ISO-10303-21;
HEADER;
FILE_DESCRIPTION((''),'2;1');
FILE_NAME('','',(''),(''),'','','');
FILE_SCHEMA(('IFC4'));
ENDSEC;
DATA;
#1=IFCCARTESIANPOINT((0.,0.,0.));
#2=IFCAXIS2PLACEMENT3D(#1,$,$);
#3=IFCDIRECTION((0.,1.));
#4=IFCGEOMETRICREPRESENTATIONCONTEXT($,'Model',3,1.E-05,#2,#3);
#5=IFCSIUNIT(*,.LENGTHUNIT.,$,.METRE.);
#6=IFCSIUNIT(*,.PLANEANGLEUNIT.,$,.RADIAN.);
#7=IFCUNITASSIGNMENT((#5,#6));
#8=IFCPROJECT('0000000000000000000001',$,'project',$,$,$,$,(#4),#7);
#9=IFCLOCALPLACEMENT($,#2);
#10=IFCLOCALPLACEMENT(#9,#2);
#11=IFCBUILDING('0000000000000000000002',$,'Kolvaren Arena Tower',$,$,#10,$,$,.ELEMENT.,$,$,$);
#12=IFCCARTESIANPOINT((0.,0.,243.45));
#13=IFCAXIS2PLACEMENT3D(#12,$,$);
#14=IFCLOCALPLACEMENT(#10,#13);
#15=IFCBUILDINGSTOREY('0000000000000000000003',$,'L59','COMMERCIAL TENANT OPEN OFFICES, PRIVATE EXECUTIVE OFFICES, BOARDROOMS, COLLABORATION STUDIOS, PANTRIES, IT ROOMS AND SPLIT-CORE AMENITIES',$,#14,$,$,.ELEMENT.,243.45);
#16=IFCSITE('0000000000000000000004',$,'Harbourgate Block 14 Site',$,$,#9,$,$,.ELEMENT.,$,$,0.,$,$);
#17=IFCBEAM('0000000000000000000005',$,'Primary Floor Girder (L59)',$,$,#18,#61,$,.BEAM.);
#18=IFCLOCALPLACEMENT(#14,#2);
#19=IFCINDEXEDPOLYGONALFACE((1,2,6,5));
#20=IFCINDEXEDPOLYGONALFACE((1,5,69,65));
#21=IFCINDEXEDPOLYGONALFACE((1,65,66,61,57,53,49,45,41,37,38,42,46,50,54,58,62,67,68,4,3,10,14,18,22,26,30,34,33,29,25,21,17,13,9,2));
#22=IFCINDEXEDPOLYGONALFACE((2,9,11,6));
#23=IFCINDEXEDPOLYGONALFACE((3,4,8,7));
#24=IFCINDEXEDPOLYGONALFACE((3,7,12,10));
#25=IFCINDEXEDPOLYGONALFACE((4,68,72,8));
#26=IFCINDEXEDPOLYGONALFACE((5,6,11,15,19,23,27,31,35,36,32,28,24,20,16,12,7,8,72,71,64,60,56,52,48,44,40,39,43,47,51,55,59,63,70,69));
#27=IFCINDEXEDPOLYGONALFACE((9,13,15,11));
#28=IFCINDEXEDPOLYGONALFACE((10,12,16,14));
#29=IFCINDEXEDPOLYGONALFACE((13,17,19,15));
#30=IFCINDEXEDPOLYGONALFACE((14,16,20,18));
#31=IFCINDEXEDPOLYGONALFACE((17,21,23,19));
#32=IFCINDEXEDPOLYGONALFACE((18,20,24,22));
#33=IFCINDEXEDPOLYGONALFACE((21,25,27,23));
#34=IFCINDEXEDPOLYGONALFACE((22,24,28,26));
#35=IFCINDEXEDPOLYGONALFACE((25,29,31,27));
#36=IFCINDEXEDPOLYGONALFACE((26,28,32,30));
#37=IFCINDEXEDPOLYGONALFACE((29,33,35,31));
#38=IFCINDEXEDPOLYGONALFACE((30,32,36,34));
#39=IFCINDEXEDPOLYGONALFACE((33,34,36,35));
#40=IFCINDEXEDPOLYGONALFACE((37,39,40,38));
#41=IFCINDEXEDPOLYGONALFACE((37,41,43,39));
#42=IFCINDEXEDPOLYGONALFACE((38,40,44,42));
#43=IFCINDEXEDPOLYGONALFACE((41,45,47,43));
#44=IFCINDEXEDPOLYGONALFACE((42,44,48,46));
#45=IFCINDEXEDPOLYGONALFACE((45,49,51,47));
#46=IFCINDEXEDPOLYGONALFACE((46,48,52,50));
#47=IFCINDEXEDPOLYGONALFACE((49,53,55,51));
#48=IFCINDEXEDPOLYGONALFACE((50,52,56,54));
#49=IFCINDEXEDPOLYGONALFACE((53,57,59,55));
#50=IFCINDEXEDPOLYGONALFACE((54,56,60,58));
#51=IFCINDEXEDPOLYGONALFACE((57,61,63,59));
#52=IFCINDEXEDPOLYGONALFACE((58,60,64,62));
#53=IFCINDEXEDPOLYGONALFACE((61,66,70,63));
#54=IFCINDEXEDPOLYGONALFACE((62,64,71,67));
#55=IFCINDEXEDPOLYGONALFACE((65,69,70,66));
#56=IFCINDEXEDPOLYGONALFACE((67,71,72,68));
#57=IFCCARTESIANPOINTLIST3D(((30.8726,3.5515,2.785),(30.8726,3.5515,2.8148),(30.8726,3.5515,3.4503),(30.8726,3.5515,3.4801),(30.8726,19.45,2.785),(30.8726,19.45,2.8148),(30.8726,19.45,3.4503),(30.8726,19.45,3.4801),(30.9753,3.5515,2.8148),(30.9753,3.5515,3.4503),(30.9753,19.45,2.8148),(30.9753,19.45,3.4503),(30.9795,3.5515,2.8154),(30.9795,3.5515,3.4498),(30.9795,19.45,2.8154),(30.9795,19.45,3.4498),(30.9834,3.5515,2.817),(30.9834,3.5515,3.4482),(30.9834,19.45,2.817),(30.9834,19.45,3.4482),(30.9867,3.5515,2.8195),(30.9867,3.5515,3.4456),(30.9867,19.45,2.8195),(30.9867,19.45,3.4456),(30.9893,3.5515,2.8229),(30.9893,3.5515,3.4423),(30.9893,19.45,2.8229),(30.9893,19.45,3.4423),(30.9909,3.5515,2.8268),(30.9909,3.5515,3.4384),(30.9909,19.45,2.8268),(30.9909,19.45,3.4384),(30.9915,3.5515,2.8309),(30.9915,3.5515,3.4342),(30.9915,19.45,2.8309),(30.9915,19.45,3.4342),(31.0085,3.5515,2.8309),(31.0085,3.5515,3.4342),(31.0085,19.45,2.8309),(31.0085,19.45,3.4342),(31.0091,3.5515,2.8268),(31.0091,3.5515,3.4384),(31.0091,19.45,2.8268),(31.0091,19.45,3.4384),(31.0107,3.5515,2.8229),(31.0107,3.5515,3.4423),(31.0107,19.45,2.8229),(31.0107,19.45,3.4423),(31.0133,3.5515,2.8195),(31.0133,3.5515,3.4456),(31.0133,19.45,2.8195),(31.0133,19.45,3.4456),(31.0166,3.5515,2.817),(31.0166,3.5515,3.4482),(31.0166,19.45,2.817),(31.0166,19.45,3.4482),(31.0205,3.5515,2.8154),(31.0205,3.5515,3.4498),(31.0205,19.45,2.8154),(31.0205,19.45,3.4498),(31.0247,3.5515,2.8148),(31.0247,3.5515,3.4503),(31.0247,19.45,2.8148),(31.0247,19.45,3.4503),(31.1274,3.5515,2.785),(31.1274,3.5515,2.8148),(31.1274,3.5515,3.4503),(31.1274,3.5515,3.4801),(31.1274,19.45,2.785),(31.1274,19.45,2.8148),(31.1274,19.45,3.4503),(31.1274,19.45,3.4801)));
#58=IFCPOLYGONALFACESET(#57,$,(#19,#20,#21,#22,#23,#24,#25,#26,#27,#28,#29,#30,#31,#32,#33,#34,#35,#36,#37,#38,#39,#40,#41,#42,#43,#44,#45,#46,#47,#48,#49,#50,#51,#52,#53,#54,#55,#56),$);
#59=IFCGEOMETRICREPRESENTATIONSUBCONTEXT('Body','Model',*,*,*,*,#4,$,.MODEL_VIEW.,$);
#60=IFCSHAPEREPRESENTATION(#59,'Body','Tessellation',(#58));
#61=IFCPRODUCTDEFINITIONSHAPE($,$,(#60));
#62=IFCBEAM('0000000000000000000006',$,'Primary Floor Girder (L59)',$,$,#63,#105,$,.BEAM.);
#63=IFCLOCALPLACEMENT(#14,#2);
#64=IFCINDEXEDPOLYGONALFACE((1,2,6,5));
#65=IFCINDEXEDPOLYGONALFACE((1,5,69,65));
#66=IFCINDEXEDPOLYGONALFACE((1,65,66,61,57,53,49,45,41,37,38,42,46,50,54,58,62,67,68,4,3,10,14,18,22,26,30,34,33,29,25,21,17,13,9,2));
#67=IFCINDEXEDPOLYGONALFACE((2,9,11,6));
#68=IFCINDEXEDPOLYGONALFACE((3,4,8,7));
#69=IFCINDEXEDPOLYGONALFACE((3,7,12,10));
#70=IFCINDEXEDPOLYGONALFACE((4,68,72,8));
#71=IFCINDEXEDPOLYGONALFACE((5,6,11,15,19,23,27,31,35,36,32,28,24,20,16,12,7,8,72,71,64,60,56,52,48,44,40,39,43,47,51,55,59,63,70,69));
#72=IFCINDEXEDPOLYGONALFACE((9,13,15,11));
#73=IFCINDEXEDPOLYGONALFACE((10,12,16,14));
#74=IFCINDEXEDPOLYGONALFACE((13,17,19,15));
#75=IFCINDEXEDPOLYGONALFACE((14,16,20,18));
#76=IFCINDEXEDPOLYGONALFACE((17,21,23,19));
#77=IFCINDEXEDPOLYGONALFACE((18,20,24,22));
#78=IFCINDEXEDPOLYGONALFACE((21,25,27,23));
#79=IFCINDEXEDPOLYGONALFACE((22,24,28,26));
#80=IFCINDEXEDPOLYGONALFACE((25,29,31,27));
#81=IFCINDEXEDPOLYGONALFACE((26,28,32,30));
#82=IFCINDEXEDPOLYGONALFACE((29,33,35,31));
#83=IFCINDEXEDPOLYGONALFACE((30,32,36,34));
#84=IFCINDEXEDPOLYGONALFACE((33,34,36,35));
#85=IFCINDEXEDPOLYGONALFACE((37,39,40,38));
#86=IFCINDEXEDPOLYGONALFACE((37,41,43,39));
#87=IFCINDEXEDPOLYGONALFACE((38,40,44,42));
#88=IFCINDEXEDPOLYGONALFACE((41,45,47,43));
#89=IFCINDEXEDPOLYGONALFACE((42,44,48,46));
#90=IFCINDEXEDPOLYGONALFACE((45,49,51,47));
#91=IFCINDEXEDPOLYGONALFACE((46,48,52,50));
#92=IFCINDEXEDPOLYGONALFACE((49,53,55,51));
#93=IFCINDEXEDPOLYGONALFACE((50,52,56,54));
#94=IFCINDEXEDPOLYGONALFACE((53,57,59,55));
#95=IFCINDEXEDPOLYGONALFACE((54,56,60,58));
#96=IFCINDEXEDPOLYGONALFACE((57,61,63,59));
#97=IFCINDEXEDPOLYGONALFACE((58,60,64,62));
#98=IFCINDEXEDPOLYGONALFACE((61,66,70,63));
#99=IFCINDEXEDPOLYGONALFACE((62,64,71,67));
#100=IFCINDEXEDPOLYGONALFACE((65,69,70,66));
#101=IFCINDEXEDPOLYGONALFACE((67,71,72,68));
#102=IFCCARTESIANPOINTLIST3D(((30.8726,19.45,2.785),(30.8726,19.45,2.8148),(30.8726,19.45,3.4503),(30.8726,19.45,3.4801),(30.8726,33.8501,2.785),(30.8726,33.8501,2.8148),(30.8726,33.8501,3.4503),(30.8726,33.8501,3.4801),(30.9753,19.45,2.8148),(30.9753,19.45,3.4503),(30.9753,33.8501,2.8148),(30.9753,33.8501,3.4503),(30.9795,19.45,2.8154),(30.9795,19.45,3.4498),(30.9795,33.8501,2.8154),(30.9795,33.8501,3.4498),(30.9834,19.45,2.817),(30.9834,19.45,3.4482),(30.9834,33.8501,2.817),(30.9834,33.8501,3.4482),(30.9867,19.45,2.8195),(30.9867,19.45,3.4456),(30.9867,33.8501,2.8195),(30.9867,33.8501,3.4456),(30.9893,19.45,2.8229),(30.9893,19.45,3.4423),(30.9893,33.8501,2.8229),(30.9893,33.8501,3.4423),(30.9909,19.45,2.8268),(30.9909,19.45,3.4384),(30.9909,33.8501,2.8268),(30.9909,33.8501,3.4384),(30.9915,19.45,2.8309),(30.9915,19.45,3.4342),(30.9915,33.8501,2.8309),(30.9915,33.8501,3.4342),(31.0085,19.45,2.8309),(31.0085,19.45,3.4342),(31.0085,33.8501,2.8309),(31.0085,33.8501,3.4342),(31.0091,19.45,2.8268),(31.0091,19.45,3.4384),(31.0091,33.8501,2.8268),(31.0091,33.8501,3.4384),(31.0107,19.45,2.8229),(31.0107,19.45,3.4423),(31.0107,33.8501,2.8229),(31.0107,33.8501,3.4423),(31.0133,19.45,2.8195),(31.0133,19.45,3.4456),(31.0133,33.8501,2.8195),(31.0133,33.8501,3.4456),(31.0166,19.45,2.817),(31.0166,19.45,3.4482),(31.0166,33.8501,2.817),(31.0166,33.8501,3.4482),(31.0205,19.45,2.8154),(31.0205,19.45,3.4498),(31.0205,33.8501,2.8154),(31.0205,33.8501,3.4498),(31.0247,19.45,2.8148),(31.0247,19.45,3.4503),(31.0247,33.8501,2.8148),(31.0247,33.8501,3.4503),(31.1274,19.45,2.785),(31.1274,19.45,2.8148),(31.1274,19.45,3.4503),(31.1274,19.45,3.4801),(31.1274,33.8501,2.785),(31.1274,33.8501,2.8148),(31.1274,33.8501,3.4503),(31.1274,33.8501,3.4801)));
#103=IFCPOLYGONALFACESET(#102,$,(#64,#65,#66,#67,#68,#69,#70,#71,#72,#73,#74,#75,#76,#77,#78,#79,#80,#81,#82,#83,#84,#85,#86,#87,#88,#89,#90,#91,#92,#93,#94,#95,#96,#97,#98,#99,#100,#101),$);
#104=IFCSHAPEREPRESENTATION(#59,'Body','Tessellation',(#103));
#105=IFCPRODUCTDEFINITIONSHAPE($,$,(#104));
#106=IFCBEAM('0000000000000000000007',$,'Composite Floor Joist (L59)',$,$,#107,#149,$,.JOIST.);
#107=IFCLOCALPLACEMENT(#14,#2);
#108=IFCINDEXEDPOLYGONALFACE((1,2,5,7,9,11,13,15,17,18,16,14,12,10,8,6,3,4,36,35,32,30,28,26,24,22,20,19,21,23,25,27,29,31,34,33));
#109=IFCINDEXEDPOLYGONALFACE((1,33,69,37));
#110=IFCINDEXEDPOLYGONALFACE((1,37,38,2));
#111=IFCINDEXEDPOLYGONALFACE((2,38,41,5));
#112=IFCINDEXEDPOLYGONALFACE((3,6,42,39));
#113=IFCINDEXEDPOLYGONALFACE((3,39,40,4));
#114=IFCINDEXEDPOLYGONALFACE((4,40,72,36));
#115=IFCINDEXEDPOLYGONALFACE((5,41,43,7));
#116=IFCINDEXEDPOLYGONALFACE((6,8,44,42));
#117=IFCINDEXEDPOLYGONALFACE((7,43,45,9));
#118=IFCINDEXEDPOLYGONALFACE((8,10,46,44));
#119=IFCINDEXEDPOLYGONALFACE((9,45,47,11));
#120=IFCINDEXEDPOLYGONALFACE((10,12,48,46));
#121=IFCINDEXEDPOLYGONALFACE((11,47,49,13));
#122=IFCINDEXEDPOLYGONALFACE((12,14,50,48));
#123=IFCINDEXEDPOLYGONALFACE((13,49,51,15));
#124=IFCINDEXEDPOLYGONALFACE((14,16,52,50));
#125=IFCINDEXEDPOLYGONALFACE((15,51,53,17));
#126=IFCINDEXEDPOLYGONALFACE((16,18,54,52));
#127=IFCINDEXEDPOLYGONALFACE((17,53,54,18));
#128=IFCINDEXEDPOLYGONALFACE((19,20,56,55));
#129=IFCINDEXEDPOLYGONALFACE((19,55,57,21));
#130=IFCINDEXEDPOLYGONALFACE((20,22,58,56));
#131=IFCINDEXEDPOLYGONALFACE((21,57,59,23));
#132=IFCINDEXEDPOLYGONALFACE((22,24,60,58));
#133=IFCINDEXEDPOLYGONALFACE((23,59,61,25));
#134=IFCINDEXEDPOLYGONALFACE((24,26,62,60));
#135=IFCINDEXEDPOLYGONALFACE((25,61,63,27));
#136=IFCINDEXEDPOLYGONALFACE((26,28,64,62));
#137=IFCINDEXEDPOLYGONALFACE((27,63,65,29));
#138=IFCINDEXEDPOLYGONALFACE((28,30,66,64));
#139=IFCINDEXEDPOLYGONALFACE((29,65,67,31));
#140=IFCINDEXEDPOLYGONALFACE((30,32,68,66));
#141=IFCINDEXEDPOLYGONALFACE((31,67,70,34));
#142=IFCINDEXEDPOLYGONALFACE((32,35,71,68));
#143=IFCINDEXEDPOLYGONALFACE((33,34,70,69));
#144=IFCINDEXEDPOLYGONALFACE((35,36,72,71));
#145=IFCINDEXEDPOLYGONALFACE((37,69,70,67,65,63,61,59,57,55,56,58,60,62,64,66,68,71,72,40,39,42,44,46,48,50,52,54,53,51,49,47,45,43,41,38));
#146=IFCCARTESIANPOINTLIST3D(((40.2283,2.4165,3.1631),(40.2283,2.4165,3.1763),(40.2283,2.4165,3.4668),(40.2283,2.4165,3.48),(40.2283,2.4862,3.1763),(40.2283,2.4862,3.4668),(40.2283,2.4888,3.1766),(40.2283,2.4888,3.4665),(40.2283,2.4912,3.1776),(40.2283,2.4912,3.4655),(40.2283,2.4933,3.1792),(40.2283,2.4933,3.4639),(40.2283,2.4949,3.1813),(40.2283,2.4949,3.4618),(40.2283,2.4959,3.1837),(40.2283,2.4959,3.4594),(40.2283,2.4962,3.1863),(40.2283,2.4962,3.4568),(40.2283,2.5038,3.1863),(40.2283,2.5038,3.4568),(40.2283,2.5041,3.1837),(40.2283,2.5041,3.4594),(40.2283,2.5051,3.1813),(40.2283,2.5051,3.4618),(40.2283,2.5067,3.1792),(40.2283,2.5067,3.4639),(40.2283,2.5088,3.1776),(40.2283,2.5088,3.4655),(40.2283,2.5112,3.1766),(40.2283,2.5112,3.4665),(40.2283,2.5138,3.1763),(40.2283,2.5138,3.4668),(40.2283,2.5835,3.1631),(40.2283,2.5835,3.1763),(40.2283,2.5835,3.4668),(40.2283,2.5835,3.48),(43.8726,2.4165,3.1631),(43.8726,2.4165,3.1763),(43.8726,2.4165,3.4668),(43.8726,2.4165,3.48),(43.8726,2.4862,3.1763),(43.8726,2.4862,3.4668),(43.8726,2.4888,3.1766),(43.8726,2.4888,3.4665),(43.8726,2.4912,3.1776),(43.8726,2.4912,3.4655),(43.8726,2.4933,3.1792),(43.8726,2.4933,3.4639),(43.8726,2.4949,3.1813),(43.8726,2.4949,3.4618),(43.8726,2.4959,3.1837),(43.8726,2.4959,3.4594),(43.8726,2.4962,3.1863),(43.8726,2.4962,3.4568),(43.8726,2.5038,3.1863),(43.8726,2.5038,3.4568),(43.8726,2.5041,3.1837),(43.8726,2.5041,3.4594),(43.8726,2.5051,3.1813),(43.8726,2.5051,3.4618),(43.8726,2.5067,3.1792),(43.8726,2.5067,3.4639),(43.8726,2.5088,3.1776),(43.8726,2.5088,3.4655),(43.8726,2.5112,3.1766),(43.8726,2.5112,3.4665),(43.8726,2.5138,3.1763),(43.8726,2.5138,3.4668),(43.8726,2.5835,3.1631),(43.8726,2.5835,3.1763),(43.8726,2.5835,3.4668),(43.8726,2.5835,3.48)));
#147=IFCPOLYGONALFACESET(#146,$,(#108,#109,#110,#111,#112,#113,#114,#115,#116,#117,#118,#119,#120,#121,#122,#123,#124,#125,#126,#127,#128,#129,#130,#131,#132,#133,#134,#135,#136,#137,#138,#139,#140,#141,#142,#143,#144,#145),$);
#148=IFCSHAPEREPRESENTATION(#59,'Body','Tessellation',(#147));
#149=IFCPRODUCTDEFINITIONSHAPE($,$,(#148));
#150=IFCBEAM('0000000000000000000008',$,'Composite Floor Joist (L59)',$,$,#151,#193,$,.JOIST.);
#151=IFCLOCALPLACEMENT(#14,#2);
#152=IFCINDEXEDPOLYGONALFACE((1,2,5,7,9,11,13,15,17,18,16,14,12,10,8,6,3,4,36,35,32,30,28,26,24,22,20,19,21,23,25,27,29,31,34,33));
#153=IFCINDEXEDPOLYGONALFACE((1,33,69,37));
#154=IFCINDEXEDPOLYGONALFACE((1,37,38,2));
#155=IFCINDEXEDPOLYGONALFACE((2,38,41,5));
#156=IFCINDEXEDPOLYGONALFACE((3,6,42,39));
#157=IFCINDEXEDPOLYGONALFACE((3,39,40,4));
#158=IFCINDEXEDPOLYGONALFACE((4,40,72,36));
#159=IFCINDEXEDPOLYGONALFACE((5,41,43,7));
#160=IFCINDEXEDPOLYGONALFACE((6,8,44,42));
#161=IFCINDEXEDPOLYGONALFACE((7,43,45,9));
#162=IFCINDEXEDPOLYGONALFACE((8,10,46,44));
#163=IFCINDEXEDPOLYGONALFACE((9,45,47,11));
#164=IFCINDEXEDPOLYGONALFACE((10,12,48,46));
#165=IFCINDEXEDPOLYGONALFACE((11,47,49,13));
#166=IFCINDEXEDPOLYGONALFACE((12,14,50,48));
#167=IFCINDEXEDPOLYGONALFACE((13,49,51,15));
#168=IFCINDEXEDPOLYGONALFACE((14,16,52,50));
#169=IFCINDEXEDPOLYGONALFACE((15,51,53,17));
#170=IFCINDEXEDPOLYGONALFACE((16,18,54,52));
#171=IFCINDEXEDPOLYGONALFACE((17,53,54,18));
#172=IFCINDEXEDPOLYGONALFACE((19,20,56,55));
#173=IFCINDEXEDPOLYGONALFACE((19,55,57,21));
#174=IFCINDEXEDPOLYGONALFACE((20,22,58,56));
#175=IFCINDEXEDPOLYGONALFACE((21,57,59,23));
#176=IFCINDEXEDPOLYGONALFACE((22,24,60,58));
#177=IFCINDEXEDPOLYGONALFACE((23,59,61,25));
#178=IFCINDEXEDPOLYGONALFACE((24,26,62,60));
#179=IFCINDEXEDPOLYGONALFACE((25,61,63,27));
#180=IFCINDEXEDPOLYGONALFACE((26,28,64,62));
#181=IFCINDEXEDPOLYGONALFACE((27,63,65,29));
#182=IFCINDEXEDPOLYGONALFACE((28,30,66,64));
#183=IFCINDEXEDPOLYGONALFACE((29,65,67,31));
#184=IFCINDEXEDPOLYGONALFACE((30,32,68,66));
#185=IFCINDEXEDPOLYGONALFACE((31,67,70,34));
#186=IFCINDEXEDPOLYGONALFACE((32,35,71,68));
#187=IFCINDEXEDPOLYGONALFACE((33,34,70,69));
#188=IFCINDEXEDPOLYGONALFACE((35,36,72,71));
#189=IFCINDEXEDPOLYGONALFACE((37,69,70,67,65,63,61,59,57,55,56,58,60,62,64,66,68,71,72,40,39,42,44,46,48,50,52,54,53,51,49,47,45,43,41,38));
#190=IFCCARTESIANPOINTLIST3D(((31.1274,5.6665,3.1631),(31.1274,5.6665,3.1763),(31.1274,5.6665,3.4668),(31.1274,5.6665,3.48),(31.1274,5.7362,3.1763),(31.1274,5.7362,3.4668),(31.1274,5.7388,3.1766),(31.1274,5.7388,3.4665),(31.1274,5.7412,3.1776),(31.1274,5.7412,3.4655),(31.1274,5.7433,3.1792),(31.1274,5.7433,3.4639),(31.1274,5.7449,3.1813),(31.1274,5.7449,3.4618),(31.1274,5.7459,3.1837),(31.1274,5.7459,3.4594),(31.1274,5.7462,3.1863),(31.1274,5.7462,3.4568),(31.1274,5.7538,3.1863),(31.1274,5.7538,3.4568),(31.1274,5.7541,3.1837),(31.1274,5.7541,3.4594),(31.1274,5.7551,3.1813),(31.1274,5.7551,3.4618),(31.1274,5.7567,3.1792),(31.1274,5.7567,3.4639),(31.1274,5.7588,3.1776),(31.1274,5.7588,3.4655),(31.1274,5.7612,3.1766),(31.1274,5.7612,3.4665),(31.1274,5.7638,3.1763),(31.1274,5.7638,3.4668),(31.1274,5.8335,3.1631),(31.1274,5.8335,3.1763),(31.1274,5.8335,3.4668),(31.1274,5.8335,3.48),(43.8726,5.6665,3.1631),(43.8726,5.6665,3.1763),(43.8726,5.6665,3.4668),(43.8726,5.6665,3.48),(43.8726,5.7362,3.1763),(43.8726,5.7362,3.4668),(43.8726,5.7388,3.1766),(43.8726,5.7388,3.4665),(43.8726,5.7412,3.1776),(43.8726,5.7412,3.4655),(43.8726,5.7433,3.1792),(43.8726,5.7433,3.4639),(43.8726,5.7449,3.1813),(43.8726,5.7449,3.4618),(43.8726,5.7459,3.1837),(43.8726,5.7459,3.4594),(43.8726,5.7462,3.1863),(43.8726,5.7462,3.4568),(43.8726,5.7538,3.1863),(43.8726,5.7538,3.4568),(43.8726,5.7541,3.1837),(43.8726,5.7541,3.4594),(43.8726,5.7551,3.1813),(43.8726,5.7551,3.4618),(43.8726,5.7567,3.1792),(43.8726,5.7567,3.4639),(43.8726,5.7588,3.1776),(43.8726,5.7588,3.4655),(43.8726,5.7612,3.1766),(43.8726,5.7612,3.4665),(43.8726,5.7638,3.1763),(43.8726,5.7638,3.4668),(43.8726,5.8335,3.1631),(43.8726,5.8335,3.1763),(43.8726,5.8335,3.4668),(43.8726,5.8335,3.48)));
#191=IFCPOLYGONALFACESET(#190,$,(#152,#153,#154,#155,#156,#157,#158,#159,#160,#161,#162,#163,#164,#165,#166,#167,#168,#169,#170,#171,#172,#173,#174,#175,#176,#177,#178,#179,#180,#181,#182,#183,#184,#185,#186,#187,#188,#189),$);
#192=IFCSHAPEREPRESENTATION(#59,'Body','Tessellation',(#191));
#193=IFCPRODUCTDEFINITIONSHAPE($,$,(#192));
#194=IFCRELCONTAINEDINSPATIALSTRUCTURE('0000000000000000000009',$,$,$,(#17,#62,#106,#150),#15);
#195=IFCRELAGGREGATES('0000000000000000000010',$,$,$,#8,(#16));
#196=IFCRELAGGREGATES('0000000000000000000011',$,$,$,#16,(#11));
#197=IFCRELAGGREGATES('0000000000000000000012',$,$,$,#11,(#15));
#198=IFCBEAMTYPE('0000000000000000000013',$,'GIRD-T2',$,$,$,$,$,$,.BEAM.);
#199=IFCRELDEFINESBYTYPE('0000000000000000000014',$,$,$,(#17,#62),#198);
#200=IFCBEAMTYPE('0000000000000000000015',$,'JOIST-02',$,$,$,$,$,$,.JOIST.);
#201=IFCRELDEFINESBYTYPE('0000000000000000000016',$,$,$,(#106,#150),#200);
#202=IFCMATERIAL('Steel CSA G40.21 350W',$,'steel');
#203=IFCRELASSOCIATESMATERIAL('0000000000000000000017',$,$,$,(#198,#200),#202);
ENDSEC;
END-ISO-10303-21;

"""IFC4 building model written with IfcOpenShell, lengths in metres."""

from ifc_helpers import new_model, si_unit, direction, frame, origin, origin_2d, place, context, subcontext, project, spatial, i_section, extrude, material, material_profile, profile_set, type_object, element, save


model = new_model("IFC4")

# Units and contexts
model_context = context("Model", 3, precision=1e-05, world=origin(), true_north=direction((0.0, 1.0)))
body_context = subcontext(model_context, "Body", "Model", "MODEL_VIEW")
ifc_project = project(units=[si_unit("LENGTHUNIT", "METRE"), si_unit("PLANEANGLEUNIT", "RADIAN")], contexts=[model_context])

# Site, building, storey
site_placement = place(None, origin())
site = spatial("IfcSite", under=ifc_project, at=site_placement, Name="Harbourgate Block 14 Site", CompositionType="ELEMENT", RefElevation=0.0)
building_placement = place(site_placement, origin())
building = spatial("IfcBuilding", under=site, at=building_placement, Name="Kolvaren Arena Tower", CompositionType="ELEMENT")
storey_placement = place(building_placement, frame((0.0, 0.0, 243.45)))
storey = spatial("IfcBuildingStorey", under=building, at=storey_placement, Name="L59", Description="COMMERCIAL TENANT OPEN OFFICES, PRIVATE EXECUTIVE OFFICES, BOARDROOMS, COLLABORATION STUDIOS, PANTRIES, IT ROOMS AND SPLIT-CORE AMENITIES", CompositionType="ELEMENT", Elevation=243.45)

# Beams
ifc_material_1 = material(Name="Steel CSA G40.21 350W", Category="steel")
ifc_material_profile_1 = material_profile(ifc_material_1, i_section(OverallWidth=0.2549, OverallDepth=0.6951, WebThickness=0.0171, FlangeThickness=0.0298, FilletRadius=0.0161, at=origin_2d()), Name="W690x217")
ifc_profile_set_1 = profile_set([ifc_material_profile_1], Name="Steel CSA G40.21 350W")
beam_type_1 = type_object("IfcBeamType", Name="GIRD-T2", PredefinedType="BEAM", material=ifc_profile_set_1)
beam_1_placement = place(storey_placement, frame((31.0, 3.5515, 3.1326), z_axis=(0.0, 1.0, 0.0), x_axis=(-1.0, 0.0, 0.0)))
element("IfcBeam", 1, at=beam_1_placement, inside=storey, type_object=beam_type_1, Name="Primary Floor Girder (L59)", PredefinedType="BEAM", context=body_context, shape_type="SweptSolid", body=[
    extrude(i_section(OverallWidth=0.2549, OverallDepth=0.6951, WebThickness=0.0171, FlangeThickness=0.0298, FilletRadius=0.0161, at=origin_2d()), origin(), (0.0, 0.0, 1.0), 15.8984),
])
beam_2_placement = place(storey_placement, frame((31.0, 19.45, 3.1326), z_axis=(0.0, 1.0, 0.0), x_axis=(-1.0, 0.0, 0.0)))
element("IfcBeam", 2, at=beam_2_placement, inside=storey, type_object=beam_type_1, Name="Primary Floor Girder (L59)", PredefinedType="BEAM", context=body_context, shape_type="SweptSolid", body=[
    extrude(i_section(OverallWidth=0.2549, OverallDepth=0.6951, WebThickness=0.0171, FlangeThickness=0.0298, FilletRadius=0.0161, at=origin_2d()), origin(), (0.0, 0.0, 1.0), 14.4001),
])
ifc_material_profile_2 = material_profile(ifc_material_1, i_section(OverallWidth=0.167, OverallDepth=0.3169, WebThickness=0.0076, FlangeThickness=0.0132, FilletRadius=0.01, at=origin_2d()), Name="W310x52")
ifc_profile_set_2 = profile_set([ifc_material_profile_2], Name="Steel CSA G40.21 350W")
beam_type_2 = type_object("IfcBeamType", Name="JOIST-02", PredefinedType="JOIST", material=ifc_profile_set_2)
beam_3_placement = place(storey_placement, frame((40.2283, 2.5, 3.3215), z_axis=(1.0, 0.0, 0.0), x_axis=(0.0, 1.0, 0.0)))
element("IfcBeam", 3, at=beam_3_placement, inside=storey, type_object=beam_type_2, Name="Composite Floor Joist (L59)", PredefinedType="JOIST", context=body_context, shape_type="SweptSolid", body=[
    extrude(i_section(OverallWidth=0.167, OverallDepth=0.3169, WebThickness=0.0076, FlangeThickness=0.0132, FilletRadius=0.01, at=origin_2d()), origin(), (0.0, 0.0, 1.0), 3.6443),
])
for number, where, z_axis, x_axis, name in (
    (4, (31.1274, 5.75, 3.3215), (1.0, 0.0, 0.0), (0.0, 1.0, 0.0), "Composite Floor Joist (L59)"),
):
    element("IfcBeam", number, at=place(storey_placement, frame(where, z_axis=z_axis, x_axis=x_axis)), inside=storey, type_object=beam_type_2, Name=name, PredefinedType="JOIST", context=body_context, shape_type="SweptSolid", body=[
        extrude(i_section(OverallWidth=0.167, OverallDepth=0.3169, WebThickness=0.0076, FlangeThickness=0.0132, FilletRadius=0.01, at=origin_2d()), origin(), (0.0, 0.0, 1.0), 12.7451),
    ])

save(model, "model.ifc")
